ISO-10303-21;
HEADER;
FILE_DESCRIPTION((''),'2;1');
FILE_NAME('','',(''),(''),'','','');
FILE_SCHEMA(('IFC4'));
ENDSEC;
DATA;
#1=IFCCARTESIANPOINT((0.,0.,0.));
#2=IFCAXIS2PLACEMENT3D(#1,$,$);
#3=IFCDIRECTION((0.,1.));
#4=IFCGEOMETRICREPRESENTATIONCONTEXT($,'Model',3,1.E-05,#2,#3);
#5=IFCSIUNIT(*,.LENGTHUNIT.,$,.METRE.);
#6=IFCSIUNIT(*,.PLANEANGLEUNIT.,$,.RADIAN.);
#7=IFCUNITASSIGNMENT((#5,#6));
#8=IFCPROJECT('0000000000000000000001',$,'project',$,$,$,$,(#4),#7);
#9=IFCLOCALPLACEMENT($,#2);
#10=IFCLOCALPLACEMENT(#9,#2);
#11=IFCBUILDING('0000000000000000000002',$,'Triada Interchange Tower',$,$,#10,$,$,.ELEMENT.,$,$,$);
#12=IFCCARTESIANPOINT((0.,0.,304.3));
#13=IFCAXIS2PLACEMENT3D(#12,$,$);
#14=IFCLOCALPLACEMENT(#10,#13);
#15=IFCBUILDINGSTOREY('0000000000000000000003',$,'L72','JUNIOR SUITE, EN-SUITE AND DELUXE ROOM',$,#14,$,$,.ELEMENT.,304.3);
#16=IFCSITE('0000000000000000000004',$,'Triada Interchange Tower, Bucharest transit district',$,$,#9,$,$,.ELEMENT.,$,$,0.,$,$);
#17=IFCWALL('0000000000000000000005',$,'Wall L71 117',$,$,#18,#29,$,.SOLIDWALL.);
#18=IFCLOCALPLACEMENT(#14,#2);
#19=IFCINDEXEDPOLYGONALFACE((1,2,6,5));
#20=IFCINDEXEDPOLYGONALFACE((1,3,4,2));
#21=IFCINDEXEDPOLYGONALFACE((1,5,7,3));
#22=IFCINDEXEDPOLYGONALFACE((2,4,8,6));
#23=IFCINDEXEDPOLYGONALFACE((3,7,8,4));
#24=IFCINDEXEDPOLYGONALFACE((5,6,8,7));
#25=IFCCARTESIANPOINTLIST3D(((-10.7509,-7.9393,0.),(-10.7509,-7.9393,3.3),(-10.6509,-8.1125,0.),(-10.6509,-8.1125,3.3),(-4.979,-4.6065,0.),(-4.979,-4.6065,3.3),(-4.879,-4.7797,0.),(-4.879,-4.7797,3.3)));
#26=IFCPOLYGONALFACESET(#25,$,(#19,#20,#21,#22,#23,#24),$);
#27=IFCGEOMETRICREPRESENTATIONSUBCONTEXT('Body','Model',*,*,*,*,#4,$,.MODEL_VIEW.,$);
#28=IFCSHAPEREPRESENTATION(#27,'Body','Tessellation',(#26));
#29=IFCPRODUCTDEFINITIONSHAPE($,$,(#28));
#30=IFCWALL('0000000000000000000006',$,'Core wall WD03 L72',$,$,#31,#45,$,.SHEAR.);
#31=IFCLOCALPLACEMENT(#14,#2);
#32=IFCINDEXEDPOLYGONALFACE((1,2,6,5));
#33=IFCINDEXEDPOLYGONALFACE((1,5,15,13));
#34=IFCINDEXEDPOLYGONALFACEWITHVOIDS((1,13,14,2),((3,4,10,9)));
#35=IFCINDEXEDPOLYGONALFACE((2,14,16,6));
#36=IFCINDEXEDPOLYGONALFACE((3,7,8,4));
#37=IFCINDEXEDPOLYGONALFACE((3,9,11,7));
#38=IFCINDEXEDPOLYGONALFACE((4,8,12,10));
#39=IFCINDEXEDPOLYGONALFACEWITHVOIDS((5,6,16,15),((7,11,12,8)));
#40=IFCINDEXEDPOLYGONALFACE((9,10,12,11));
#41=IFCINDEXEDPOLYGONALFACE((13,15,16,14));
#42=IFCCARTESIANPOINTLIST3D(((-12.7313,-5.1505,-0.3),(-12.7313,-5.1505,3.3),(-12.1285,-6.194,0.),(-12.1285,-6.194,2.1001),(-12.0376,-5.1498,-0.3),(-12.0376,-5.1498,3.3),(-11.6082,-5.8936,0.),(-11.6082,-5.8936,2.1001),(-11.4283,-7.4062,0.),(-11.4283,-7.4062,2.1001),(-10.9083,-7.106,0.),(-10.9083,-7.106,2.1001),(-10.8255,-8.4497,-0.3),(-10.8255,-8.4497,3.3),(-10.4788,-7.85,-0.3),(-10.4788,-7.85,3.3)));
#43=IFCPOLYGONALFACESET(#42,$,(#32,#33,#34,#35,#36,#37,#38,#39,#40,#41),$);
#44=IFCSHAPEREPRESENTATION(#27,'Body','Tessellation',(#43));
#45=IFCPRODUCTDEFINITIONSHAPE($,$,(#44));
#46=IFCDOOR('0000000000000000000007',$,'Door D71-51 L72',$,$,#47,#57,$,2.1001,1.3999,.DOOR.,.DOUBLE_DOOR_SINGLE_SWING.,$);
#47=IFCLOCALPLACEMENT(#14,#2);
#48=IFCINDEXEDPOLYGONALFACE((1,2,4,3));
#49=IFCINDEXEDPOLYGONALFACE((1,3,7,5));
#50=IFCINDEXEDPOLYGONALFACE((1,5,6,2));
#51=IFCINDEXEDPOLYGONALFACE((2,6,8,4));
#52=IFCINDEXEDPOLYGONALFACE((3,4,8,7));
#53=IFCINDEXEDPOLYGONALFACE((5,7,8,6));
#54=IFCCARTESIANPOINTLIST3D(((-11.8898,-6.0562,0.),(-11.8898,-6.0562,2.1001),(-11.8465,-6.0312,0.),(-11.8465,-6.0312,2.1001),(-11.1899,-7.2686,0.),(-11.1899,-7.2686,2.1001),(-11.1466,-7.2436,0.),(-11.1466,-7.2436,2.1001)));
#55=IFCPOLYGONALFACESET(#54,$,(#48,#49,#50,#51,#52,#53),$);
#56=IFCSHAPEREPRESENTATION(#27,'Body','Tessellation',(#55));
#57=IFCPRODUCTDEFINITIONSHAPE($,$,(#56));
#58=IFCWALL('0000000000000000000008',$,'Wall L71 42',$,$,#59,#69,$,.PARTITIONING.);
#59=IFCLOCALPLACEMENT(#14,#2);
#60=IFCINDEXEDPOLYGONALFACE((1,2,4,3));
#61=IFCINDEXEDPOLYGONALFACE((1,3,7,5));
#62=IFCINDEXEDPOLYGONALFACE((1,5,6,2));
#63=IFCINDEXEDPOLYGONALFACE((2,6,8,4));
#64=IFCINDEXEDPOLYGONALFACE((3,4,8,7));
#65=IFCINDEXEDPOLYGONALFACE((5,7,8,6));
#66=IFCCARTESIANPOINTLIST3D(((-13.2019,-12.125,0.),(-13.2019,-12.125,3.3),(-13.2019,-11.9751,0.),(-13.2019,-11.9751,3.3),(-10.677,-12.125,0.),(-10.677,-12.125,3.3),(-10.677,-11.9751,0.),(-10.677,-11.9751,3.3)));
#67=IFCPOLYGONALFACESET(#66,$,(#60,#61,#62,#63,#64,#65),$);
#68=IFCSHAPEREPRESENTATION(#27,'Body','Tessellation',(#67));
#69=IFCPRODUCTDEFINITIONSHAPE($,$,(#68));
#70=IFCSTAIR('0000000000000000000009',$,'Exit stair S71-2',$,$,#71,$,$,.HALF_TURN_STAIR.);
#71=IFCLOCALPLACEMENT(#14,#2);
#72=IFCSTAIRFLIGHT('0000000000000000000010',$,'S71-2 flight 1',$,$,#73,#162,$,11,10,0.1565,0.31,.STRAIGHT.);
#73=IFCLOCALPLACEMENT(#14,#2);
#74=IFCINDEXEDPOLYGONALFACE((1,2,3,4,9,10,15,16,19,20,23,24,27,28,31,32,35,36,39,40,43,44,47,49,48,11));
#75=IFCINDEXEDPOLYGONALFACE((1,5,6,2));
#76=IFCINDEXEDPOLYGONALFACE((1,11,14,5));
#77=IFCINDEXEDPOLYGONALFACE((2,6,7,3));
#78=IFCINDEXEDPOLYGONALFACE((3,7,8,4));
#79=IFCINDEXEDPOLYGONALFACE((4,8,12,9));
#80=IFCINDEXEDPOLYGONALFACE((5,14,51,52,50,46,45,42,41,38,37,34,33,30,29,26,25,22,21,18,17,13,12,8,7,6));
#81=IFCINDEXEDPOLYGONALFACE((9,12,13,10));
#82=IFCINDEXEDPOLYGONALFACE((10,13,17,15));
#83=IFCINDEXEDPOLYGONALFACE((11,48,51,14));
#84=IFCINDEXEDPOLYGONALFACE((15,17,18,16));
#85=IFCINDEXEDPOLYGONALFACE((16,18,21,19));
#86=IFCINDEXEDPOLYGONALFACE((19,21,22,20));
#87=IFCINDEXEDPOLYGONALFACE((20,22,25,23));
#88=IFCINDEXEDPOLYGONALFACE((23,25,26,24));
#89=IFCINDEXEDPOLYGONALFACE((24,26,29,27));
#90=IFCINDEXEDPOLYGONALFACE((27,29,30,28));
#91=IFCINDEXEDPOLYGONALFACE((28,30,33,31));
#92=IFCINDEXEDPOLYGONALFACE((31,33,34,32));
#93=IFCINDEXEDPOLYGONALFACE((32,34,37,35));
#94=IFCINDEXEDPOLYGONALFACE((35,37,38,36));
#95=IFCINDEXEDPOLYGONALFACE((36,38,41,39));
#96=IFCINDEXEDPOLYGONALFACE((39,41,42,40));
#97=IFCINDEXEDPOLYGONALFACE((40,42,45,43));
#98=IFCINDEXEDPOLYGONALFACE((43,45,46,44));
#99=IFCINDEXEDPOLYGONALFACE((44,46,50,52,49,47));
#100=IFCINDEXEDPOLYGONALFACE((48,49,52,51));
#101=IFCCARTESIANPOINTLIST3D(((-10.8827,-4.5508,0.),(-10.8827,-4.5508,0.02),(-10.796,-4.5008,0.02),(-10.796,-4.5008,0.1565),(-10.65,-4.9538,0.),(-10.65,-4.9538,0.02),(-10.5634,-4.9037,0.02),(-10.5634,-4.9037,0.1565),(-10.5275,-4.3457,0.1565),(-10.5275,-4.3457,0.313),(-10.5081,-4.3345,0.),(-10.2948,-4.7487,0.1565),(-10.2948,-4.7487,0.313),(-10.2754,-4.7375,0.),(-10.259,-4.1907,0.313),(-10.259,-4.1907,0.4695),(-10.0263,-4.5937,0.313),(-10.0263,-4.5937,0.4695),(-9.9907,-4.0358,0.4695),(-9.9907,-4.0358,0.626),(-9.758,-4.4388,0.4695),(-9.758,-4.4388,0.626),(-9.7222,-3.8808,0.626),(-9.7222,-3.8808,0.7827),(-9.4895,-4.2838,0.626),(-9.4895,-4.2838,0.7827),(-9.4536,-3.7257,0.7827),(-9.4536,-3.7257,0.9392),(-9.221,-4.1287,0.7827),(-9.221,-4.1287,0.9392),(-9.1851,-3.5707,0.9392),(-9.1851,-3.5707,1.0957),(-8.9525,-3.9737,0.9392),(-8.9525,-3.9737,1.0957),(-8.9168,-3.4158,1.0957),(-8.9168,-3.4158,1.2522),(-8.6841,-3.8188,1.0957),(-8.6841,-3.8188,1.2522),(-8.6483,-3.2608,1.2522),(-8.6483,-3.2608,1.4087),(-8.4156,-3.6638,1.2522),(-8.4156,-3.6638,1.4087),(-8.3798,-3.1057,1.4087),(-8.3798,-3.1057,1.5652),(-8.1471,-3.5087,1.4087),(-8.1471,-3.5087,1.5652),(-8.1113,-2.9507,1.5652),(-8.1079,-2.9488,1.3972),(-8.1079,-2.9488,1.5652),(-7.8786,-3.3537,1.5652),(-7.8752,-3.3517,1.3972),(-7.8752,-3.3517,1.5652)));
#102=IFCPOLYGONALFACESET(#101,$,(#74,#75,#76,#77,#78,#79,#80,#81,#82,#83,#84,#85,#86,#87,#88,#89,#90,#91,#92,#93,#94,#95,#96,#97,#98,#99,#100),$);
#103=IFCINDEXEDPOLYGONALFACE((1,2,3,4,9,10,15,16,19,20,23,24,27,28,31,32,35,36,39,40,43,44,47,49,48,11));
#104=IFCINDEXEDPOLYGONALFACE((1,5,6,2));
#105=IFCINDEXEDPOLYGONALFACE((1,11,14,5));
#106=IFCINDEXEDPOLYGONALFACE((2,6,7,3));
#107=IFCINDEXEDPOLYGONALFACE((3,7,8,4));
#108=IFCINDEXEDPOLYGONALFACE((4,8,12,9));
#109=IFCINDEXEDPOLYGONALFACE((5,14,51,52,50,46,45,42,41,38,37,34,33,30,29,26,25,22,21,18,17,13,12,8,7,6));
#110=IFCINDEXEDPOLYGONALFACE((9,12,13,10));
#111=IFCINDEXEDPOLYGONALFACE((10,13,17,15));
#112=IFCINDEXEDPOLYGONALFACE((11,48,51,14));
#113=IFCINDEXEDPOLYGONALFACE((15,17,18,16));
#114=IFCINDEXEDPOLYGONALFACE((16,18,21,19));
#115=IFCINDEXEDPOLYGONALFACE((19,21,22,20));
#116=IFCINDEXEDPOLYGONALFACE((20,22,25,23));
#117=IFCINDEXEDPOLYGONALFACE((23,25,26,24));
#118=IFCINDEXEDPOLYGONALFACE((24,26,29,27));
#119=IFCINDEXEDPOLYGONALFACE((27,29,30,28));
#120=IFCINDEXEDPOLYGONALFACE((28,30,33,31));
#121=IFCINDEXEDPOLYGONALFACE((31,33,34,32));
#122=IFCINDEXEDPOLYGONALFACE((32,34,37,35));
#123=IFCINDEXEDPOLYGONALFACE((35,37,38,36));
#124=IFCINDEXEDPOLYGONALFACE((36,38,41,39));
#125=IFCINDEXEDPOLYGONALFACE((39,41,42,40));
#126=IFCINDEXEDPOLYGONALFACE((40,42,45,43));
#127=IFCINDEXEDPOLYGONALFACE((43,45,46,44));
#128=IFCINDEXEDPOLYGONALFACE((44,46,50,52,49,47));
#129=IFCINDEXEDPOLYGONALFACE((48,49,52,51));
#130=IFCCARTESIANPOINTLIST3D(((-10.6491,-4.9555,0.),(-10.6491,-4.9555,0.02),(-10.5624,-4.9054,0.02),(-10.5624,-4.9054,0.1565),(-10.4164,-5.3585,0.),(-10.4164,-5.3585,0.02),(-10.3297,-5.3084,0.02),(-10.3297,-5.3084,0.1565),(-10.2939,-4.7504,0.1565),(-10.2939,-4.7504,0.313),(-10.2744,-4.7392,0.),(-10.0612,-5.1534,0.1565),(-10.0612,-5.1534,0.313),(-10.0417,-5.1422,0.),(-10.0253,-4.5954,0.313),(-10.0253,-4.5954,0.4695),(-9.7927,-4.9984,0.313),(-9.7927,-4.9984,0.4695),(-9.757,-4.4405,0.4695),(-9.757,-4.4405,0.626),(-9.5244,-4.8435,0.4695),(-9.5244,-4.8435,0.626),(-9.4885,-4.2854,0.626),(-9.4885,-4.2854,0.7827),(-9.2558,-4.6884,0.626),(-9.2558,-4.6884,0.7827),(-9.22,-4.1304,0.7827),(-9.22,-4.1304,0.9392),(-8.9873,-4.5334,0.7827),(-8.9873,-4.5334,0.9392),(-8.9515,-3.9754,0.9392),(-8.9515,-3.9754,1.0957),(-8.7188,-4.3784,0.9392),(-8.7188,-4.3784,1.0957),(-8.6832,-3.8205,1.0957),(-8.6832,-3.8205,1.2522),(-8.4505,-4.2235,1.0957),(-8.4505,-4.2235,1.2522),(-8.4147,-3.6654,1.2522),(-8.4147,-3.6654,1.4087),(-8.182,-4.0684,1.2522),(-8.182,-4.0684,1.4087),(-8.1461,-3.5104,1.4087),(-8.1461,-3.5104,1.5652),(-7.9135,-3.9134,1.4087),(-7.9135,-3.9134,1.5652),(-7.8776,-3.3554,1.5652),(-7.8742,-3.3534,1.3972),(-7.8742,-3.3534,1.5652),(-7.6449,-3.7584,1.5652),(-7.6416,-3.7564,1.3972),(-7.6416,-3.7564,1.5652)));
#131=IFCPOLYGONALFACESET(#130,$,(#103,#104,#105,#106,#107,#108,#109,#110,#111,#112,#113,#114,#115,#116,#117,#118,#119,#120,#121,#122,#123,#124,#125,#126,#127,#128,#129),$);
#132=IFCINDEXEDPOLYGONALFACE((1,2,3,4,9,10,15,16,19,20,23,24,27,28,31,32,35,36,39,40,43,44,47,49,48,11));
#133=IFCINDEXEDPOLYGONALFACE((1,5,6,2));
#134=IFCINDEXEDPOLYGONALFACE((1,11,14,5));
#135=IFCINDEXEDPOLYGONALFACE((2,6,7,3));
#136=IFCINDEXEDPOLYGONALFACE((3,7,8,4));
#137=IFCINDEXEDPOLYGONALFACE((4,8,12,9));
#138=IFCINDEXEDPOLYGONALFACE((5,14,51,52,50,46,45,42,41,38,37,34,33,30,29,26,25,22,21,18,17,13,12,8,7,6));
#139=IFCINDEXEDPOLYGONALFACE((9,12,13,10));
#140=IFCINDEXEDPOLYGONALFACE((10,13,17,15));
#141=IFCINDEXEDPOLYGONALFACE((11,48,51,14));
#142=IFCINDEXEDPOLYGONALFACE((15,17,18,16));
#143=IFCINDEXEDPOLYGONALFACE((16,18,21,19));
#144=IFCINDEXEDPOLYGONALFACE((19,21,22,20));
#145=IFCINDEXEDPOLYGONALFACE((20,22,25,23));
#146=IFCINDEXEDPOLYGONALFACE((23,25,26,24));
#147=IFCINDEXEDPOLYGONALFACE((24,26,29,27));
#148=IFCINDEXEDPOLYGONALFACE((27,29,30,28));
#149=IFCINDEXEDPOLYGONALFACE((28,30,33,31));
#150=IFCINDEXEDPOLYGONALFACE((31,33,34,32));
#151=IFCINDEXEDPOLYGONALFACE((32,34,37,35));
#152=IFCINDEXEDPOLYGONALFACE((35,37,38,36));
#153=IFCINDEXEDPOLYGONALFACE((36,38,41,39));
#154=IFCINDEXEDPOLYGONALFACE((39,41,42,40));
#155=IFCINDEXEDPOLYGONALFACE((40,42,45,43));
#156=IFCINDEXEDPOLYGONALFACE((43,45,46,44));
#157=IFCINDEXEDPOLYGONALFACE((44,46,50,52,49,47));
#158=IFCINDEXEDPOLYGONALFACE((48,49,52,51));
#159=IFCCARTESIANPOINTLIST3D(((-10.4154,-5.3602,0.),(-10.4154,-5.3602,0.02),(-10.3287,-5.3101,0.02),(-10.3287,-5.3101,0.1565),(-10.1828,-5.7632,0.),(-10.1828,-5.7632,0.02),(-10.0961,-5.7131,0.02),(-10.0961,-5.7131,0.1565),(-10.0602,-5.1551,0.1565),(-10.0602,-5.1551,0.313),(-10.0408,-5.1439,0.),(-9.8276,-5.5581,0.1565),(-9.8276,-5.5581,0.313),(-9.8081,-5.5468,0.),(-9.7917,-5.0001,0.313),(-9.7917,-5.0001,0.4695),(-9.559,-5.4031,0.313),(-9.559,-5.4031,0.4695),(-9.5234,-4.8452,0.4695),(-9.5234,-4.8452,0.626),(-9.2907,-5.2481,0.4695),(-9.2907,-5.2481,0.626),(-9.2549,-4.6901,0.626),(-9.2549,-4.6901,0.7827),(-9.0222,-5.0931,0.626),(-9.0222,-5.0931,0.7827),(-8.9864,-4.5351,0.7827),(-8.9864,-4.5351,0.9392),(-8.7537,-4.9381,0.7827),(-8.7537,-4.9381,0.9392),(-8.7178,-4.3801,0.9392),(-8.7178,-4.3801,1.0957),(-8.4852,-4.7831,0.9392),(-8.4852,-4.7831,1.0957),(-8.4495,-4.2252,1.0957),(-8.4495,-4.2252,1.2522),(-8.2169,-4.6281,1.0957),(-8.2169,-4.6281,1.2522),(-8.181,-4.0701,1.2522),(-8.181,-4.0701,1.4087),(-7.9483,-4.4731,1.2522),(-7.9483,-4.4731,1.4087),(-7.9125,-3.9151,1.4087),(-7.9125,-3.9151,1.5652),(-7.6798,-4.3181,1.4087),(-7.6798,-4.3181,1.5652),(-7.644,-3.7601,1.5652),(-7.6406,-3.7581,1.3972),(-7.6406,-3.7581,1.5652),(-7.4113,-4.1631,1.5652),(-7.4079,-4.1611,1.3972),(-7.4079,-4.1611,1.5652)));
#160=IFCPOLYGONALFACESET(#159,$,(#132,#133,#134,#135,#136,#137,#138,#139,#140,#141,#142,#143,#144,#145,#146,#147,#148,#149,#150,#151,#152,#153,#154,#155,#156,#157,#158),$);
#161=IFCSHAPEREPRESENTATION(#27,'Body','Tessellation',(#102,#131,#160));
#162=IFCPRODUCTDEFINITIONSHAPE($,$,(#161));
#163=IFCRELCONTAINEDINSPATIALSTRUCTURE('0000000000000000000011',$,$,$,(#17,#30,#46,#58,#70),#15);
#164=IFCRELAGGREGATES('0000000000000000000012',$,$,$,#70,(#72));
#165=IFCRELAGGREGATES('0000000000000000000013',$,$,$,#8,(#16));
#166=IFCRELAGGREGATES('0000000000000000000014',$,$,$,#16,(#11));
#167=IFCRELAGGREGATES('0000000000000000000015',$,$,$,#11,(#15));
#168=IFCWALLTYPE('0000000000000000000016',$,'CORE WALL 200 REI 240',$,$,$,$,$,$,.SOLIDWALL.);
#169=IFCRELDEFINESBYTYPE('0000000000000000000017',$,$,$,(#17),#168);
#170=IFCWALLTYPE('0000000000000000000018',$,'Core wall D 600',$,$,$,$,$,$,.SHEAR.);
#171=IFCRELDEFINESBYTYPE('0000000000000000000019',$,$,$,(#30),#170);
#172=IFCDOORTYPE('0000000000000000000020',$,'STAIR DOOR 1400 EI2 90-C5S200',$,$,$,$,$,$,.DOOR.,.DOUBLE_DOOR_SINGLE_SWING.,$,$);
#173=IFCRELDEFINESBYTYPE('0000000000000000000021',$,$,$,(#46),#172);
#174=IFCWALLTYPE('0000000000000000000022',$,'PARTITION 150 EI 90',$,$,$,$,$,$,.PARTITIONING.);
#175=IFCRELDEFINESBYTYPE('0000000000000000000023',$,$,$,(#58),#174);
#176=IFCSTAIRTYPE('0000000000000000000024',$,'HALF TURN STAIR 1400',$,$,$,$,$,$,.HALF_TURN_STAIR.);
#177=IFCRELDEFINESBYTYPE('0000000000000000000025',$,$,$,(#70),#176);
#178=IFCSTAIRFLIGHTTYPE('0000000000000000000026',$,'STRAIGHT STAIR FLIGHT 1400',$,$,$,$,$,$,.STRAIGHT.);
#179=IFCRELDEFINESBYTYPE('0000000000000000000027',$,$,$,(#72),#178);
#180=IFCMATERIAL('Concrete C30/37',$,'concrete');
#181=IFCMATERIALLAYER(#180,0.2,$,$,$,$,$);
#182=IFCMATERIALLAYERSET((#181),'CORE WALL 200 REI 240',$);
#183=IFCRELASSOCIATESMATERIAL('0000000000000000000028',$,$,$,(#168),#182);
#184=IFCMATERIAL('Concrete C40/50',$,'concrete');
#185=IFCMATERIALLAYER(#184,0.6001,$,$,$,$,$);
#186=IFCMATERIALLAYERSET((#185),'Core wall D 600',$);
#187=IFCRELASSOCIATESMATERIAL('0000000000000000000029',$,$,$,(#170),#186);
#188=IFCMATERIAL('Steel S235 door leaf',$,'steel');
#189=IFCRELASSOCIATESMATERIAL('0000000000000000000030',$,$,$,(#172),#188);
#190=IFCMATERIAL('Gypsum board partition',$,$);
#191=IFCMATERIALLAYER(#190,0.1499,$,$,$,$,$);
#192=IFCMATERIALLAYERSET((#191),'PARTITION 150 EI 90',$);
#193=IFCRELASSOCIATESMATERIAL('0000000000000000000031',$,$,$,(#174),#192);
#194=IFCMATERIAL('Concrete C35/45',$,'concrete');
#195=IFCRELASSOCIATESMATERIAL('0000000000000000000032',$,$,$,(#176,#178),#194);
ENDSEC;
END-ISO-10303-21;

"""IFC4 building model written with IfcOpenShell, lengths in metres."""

from ifc_helpers import new_model, si_unit, direction, frame, frame_2d, origin, place, context, subcontext, project, spatial, polyline, rectangle, outline, extrude, material, layer, layer_set, type_object, element, fill, aggregate, save


model = new_model("IFC4")

# Units and contexts
model_context = context("Model", 3, precision=1e-05, world=origin(), true_north=direction((0.0, 1.0)))
body_context = subcontext(model_context, "Body", "Model", "MODEL_VIEW")
ifc_project = project(units=[si_unit("LENGTHUNIT", "METRE"), si_unit("PLANEANGLEUNIT", "RADIAN")], contexts=[model_context])

# Site, building, storey
site_placement = place(None, origin())
site = spatial("IfcSite", under=ifc_project, at=site_placement, Name="Triada Interchange Tower, Bucharest transit district", CompositionType="ELEMENT", RefElevation=0.0)
building_placement = place(site_placement, origin())
building = spatial("IfcBuilding", under=site, at=building_placement, Name="Triada Interchange Tower", CompositionType="ELEMENT")
storey_placement = place(building_placement, frame((0.0, 0.0, 304.3)))
storey = spatial("IfcBuildingStorey", under=building, at=storey_placement, Name="L72", Description="JUNIOR SUITE, EN-SUITE AND DELUXE ROOM", CompositionType="ELEMENT", Elevation=304.3)

# Shared definitions
ifc_material_1 = material(Name="Concrete C30/37", Category="concrete")

# Shared definitions
ifc_material_2 = material(Name="Steel S235 door leaf", Category="steel")

# Wall
ifc_layer_1 = layer(ifc_material_1, 0.2)
ifc_layer_set_1 = layer_set([ifc_layer_1], Name="CORE WALL 200 REI 240")
wall_type_1 = type_object("IfcWallType", Name="CORE WALL 200 REI 240", PredefinedType="SOLIDWALL", material=ifc_layer_set_1)
wall_1_placement = place(storey_placement, frame((-10.7009, -8.0259, 0.0), z_axis=(0.0, 0.0, 1.0), x_axis=(0.866005, 0.500035, 0.0)))
element("IfcWall", 1, at=wall_1_placement, inside=storey, type_object=wall_type_1, Name="Wall L71 117", PredefinedType="SOLIDWALL", context=body_context, shape_type="SweptSolid", body=[
    extrude(rectangle(XDim=6.665, YDim=0.2, at=frame_2d((3.3325, 0.0))), origin(), (0.0, 0.0, 1.0), 3.3),
])

# Wall, opening, door
ifc_material_3 = material(Name="Concrete C40/50", Category="concrete")
ifc_layer_2 = layer(ifc_material_3, 0.6001)
ifc_layer_set_2 = layer_set([ifc_layer_2], Name="Core wall D 600")
wall_type_2 = type_object("IfcWallType", Name="Core wall D 600", PredefinedType="SHEAR", material=ifc_layer_set_2)
wall_2_placement = place(storey_placement, frame((-12.384, -5.1499, -0.3), z_axis=(0.0, 0.0, 1.0), x_axis=(0.499975, -0.86604, 0.0)))
wall_2 = element("IfcWall", 2, at=wall_2_placement, inside=storey, type_object=wall_type_2, Name="Core wall WD03 L72", PredefinedType="SHEAR", context=body_context, shape_type="SweptSolid", body=[
    extrude(outline(polyline([(-0.1731, -0.301), (1.7319, -0.3005), (3.637, -0.3), (3.291, 0.3), (1.7319, 0.3), (0.1731, 0.3), (-0.1731, -0.301)])), origin(), (0.0, 0.0, 1.0), 3.6001),
])
opening_1_placement = place(wall_2_placement, frame((1.032, 0.0, 0.3)))
opening_1 = element("IfcOpeningElement", 3, at=opening_1_placement, cuts=wall_2, PredefinedType="OPENING", context=body_context, shape_type="SweptSolid", body=[
    extrude(rectangle(XDim=1.3999, YDim=2.1001, at=frame_2d((0.7, 1.05))), frame((0.0, 0.3101, 0.0), z_axis=(0.0, -1.0, 0.0), x_axis=(1.0, 0.0, 0.0)), (0.0, 0.0, 1.0), 0.6211),
])
door_type_1 = type_object("IfcDoorType", Name="STAIR DOOR 1400 EI2 90-C5S200", OperationType="DOUBLE_DOOR_SINGLE_SWING", PredefinedType="DOOR", material=ifc_material_2)
door_1_placement = place(opening_1_placement, origin())
door_1 = element("IfcDoor", 4, at=door_1_placement, inside=storey, type_object=door_type_1, Name="Door D71-51 L72", OperationType="DOUBLE_DOOR_SINGLE_SWING", OverallHeight=2.1001, OverallWidth=1.3999, PredefinedType="DOOR", context=body_context, shape_type="SweptSolid", body=[
    extrude(rectangle(XDim=1.3999, YDim=2.1001, at=frame_2d((0.7, 1.05))), frame((0.0, 0.0249, 0.0), z_axis=(0.0, -1.0, 0.0), x_axis=(1.0, 0.0, 0.0)), (0.0, 0.0, 1.0), 0.05),
])
fill(opening_1, door_1)

# Wall
ifc_material_4 = material(Name="Gypsum board partition")
ifc_layer_3 = layer(ifc_material_4, 0.1499)
ifc_layer_set_3 = layer_set([ifc_layer_3], Name="PARTITION 150 EI 90")
wall_type_3 = type_object("IfcWallType", Name="PARTITION 150 EI 90", PredefinedType="PARTITIONING", material=ifc_layer_set_3)
wall_3_placement = place(storey_placement, frame((-13.2019, -12.05, 0.0), z_axis=(0.0, 0.0, 1.0), x_axis=(1.0, 0.0, 0.0)))
element("IfcWall", 5, at=wall_3_placement, inside=storey, type_object=wall_type_3, Name="Wall L71 42", PredefinedType="PARTITIONING", context=body_context, shape_type="SweptSolid", body=[
    extrude(rectangle(XDim=2.5249, YDim=0.1499, at=frame_2d((1.2625, 0.0))), origin(), (0.0, 0.0, 1.0), 3.3),
])

# Stair, stair flight
ifc_material_5 = material(Name="Concrete C35/45", Category="concrete")
stair_type = type_object("IfcStairType", Name="HALF TURN STAIR 1400", PredefinedType="HALF_TURN_STAIR", material=ifc_material_5)
stair_placement = place(storey_placement, origin())
stair = element("IfcStair", 6, at=stair_placement, inside=storey, type_object=stair_type, Name="Exit stair S71-2", PredefinedType="HALF_TURN_STAIR")
stair_flight_type = type_object("IfcStairFlightType", Name="STRAIGHT STAIR FLIGHT 1400", PredefinedType="STRAIGHT", material=ifc_material_5)
stair_flight_1_placement = place(storey_placement, frame((-10.446, -5.1069, 0.0), z_axis=(0.0, 0.0, 1.0), x_axis=(0.866025, 0.5, 0.0)))
stair_flight_1 = element("IfcStairFlight", 7, at=stair_flight_1_placement, type_object=stair_flight_type, Name="S71-2 flight 1", NumberOfRisers=11, NumberOfTreads=10, PredefinedType="STRAIGHT", RiserHeight=0.1565, TreadLength=0.31, context=body_context, shape_type="SweptSolid", body=[
    extrude(outline(polyline([(-0.1001, 0.0), (-0.1001, 0.02), (0.0, 0.02), (0.0, 0.1565), (0.3101, 0.1565), (0.3101, 0.313), (0.6201, 0.313), (0.6201, 0.4695), (0.9299, 0.4695), (0.9299, 0.626), (1.24, 0.626), (1.24, 0.7827), (1.55, 0.7827), (1.55, 0.9392), (1.8601, 0.9392), (1.8601, 1.0957), (2.1699, 1.0957), (2.1699, 1.2522), (2.48, 1.2522), (2.48, 1.4087), (2.79, 1.4087), (2.79, 1.5652), (3.1001, 1.5652), (3.104, 1.5652), (3.104, 1.7217), (3.104, 1.3972), (0.3325, 0.0), (-0.1001, 0.0)])), frame((0.0, 0.7, 0.0), z_axis=(0.0, -1.0, 0.0), x_axis=(1.0, 0.0, 0.0)), (0.0, 0.0, 1.0), 0.4653),
    extrude(outline(polyline([(-0.1001, 0.0), (-0.1001, 0.02), (0.0, 0.02), (0.0, 0.1565), (0.3101, 0.1565), (0.3101, 0.313), (0.6201, 0.313), (0.6201, 0.4695), (0.9299, 0.4695), (0.9299, 0.626), (1.24, 0.626), (1.24, 0.7827), (1.55, 0.7827), (1.55, 0.9392), (1.8601, 0.9392), (1.8601, 1.0957), (2.1699, 1.0957), (2.1699, 1.2522), (2.48, 1.2522), (2.48, 1.4087), (2.79, 1.4087), (2.79, 1.5652), (3.1001, 1.5652), (3.104, 1.5652), (3.104, 1.7217), (3.104, 1.3972), (0.3325, 0.0), (-0.1001, 0.0)])), frame((0.0, 0.2327, 0.0), z_axis=(0.0, -1.0, 0.0), x_axis=(1.0, 0.0, 0.0)), (0.0, 0.0, 1.0), 0.4653),
    extrude(outline(polyline([(-0.1001, 0.0), (-0.1001, 0.02), (0.0, 0.02), (0.0, 0.1565), (0.3101, 0.1565), (0.3101, 0.313), (0.6201, 0.313), (0.6201, 0.4695), (0.9299, 0.4695), (0.9299, 0.626), (1.24, 0.626), (1.24, 0.7827), (1.55, 0.7827), (1.55, 0.9392), (1.8601, 0.9392), (1.8601, 1.0957), (2.1699, 1.0957), (2.1699, 1.2522), (2.48, 1.2522), (2.48, 1.4087), (2.79, 1.4087), (2.79, 1.5652), (3.1001, 1.5652), (3.104, 1.5652), (3.104, 1.7217), (3.104, 1.3972), (0.3325, 0.0), (-0.1001, 0.0)])), frame((0.0, -0.2346, 0.0), z_axis=(0.0, -1.0, 0.0), x_axis=(1.0, 0.0, 0.0)), (0.0, 0.0, 1.0), 0.4653),
])
aggregate(stair, [stair_flight_1])

save(model, "model.ifc")
